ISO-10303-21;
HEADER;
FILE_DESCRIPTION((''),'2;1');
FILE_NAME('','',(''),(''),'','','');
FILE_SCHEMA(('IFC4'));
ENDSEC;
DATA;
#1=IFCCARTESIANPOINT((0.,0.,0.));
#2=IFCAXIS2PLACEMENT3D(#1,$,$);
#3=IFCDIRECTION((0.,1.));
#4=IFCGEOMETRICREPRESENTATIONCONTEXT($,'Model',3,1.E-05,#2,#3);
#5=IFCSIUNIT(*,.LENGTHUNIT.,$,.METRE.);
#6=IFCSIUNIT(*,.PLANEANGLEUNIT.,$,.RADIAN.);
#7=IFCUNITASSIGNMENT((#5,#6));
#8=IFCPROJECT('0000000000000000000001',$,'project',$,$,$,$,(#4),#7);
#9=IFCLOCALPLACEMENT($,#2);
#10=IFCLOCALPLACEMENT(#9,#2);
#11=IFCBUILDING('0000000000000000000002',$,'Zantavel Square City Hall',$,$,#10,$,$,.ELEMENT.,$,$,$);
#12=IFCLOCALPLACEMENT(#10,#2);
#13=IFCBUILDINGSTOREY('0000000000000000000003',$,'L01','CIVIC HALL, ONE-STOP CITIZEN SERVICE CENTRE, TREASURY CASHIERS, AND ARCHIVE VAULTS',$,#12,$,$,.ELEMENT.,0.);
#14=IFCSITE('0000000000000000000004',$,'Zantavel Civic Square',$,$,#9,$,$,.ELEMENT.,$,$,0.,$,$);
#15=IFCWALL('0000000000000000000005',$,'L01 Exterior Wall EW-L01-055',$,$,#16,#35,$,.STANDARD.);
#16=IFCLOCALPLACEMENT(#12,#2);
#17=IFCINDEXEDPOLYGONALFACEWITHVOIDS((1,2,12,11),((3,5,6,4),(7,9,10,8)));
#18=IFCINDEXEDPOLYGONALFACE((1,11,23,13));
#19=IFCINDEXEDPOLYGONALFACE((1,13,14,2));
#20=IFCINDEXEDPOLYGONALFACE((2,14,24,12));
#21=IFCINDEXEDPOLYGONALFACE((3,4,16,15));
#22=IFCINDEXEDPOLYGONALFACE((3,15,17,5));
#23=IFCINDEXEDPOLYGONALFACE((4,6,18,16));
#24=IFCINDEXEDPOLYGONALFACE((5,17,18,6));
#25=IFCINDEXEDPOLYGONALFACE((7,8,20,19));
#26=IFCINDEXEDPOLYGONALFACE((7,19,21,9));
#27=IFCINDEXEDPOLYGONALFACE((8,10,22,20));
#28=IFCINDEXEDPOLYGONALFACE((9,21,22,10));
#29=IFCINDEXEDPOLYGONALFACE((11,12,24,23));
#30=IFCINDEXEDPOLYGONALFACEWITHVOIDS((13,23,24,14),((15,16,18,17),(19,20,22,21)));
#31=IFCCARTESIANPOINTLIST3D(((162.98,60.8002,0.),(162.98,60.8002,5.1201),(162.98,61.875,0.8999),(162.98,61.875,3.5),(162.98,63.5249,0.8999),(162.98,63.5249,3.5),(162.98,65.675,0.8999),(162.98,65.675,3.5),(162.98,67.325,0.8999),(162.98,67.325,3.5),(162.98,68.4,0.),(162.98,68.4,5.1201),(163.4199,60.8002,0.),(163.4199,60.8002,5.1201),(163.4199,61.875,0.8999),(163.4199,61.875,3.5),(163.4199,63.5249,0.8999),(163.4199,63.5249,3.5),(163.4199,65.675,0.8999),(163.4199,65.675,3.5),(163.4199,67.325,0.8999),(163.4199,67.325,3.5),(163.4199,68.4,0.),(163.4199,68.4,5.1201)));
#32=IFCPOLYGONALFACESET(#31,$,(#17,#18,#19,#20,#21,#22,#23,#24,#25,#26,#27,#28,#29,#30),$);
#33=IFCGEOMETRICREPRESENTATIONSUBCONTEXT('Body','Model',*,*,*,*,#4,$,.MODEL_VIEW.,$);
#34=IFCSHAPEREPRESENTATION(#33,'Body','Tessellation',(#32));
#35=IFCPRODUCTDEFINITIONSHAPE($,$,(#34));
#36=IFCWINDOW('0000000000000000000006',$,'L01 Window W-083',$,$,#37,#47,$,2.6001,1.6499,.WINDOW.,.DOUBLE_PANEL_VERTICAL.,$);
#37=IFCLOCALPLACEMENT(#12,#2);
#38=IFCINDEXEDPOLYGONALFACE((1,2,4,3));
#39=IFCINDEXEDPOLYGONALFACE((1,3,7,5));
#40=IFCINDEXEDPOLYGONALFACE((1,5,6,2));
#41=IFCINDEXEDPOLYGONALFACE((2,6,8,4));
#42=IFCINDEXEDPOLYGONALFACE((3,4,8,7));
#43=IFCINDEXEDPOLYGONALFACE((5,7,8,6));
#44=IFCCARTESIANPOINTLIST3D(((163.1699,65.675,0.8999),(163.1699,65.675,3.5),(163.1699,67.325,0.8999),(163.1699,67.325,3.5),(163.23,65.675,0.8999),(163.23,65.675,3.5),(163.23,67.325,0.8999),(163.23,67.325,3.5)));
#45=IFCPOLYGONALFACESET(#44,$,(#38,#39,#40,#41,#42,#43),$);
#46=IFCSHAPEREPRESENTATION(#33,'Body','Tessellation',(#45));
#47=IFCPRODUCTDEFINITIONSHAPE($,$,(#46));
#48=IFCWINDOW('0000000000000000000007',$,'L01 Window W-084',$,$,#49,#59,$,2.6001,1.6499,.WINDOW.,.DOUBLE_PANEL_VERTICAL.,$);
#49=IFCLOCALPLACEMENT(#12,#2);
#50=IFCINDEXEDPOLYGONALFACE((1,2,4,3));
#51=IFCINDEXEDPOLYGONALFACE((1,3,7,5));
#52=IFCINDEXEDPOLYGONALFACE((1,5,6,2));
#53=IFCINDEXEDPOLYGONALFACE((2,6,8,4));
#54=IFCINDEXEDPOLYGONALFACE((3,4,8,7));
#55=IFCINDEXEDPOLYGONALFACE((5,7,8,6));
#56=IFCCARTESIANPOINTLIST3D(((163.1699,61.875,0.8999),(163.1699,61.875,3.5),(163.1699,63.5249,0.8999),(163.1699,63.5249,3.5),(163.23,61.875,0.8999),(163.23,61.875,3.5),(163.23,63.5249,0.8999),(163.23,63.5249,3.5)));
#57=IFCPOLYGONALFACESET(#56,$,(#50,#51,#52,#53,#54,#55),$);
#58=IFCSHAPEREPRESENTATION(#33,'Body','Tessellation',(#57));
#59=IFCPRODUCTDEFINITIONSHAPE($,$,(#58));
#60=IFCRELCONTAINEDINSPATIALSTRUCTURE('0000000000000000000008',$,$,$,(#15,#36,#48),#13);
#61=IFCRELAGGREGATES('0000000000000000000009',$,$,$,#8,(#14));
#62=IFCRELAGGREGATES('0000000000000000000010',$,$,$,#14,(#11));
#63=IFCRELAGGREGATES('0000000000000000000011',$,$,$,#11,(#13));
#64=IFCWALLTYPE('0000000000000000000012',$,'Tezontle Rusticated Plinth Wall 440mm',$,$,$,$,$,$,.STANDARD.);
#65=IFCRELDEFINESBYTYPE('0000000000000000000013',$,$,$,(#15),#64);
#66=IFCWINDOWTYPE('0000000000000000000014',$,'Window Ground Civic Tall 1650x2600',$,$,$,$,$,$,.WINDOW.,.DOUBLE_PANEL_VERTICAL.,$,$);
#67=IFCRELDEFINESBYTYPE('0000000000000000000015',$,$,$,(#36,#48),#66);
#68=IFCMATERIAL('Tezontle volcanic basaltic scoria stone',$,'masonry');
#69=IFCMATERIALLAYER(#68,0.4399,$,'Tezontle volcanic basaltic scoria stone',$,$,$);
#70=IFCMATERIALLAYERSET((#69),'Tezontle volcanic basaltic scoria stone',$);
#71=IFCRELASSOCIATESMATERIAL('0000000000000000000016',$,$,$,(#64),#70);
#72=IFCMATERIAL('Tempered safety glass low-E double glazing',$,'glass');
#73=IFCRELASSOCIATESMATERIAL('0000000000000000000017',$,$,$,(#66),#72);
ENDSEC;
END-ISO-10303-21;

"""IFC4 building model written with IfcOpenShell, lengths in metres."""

from ifc_helpers import new_model, si_unit, direction, frame, frame_2d, origin, place, context, subcontext, project, spatial, rectangle, extrude, material, layer, layer_set, type_object, element, fill, save


model = new_model("IFC4")

# Units and contexts
model_context = context("Model", 3, precision=1e-05, world=origin(), true_north=direction((0.0, 1.0)))
body_context = subcontext(model_context, "Body", "Model", "MODEL_VIEW")
ifc_project = project(units=[si_unit("LENGTHUNIT", "METRE"), si_unit("PLANEANGLEUNIT", "RADIAN")], contexts=[model_context])

# Site, building, storey
site_placement = place(None, origin())
site = spatial("IfcSite", under=ifc_project, at=site_placement, Name="Zantavel Civic Square", CompositionType="ELEMENT", RefElevation=0.0)
building_placement = place(site_placement, origin())
building = spatial("IfcBuilding", under=site, at=building_placement, Name="Zantavel Square City Hall", CompositionType="ELEMENT")
storey_placement = place(building_placement, origin())
storey = spatial("IfcBuildingStorey", under=building, at=storey_placement, Name="L01", Description="CIVIC HALL, ONE-STOP CITIZEN SERVICE CENTRE, TREASURY CASHIERS, AND ARCHIVE VAULTS", CompositionType="ELEMENT", Elevation=0.0)

# Shared definitions
ifc_material_1 = material(Name="Tezontle volcanic basaltic scoria stone", Category="masonry")
ifc_layer_1 = layer(ifc_material_1, 0.4399, Name="Tezontle volcanic basaltic scoria stone")
ifc_layer_set_1 = layer_set([ifc_layer_1], Name="Tezontle volcanic basaltic scoria stone")
wall_type_1 = type_object("IfcWallType", Name="Tezontle Rusticated Plinth Wall 440mm", PredefinedType="STANDARD", material=ifc_layer_set_1)
ifc_material_2 = material(Name="Tempered safety glass low-E double glazing", Category="glass")

# Wall, openings, windows
window_type_1 = type_object("IfcWindowType", Name="Window Ground Civic Tall 1650x2600", PartitioningType="DOUBLE_PANEL_VERTICAL", PredefinedType="WINDOW", material=ifc_material_2)
wall_1_placement = place(storey_placement, frame((163.2, 68.3999, 0.0), z_axis=(0.0, 0.0, 1.0), x_axis=(0.0, -1.0, 0.0)))
wall_1 = element("IfcWall", 1, at=wall_1_placement, inside=storey, type_object=wall_type_1, Name="L01 Exterior Wall EW-L01-055", PredefinedType="STANDARD", context=body_context, shape_type="SweptSolid", body=[
    extrude(rectangle(XDim=7.5999, YDim=0.4399, at=frame_2d((3.7998, 0.0))), origin(), (0.0, 0.0, 1.0), 5.1201),
])
opening_1_placement = place(wall_1_placement, frame((1.075, 0.0, 0.8999)))
opening_1 = element("IfcOpeningElement", 2, at=opening_1_placement, cuts=wall_1, PredefinedType="OPENING", context=body_context, shape_type="SweptSolid", body=[
    extrude(rectangle(XDim=1.6499, YDim=2.6001, at=frame_2d((0.825, 1.3))), frame((0.0, 0.23, 0.0), z_axis=(0.0, -1.0, 0.0), x_axis=(1.0, 0.0, 0.0)), (0.0, 0.0, 1.0), 0.46),
])
opening_2_placement = place(wall_1_placement, frame((4.875, 0.0, 0.8999)))
opening_2 = element("IfcOpeningElement", 3, at=opening_2_placement, cuts=wall_1, PredefinedType="OPENING", context=body_context, shape_type="SweptSolid", body=[
    extrude(rectangle(XDim=1.6499, YDim=2.6001, at=frame_2d((0.825, 1.3))), frame((0.0, 0.23, 0.0), z_axis=(0.0, -1.0, 0.0), x_axis=(1.0, 0.0, 0.0)), (0.0, 0.0, 1.0), 0.46),
])
window_1_placement = place(opening_1_placement, origin())
window_1 = element("IfcWindow", 4, at=window_1_placement, inside=storey, type_object=window_type_1, Name="L01 Window W-083", OverallHeight=2.6001, OverallWidth=1.6499, PartitioningType="DOUBLE_PANEL_VERTICAL", PredefinedType="WINDOW", context=body_context, shape_type="SweptSolid", body=[
    extrude(rectangle(XDim=1.6499, YDim=2.6001, at=frame_2d((0.825, 1.3))), frame((0.0, 0.03, 0.0), z_axis=(0.0, -1.0, 0.0), x_axis=(1.0, 0.0, 0.0)), (0.0, 0.0, 1.0), 0.0601),
])
fill(opening_1, window_1)
window_2_placement = place(opening_2_placement, origin())
window_2 = element("IfcWindow", 5, at=window_2_placement, inside=storey, type_object=window_type_1, Name="L01 Window W-084", OverallHeight=2.6001, OverallWidth=1.6499, PartitioningType="DOUBLE_PANEL_VERTICAL", PredefinedType="WINDOW", context=body_context, shape_type="SweptSolid", body=[
    extrude(rectangle(XDim=1.6499, YDim=2.6001, at=frame_2d((0.825, 1.3))), frame((0.0, 0.03, 0.0), z_axis=(0.0, -1.0, 0.0), x_axis=(1.0, 0.0, 0.0)), (0.0, 0.0, 1.0), 0.0601),
])
fill(opening_2, window_2)

save(model, "model.ifc")
